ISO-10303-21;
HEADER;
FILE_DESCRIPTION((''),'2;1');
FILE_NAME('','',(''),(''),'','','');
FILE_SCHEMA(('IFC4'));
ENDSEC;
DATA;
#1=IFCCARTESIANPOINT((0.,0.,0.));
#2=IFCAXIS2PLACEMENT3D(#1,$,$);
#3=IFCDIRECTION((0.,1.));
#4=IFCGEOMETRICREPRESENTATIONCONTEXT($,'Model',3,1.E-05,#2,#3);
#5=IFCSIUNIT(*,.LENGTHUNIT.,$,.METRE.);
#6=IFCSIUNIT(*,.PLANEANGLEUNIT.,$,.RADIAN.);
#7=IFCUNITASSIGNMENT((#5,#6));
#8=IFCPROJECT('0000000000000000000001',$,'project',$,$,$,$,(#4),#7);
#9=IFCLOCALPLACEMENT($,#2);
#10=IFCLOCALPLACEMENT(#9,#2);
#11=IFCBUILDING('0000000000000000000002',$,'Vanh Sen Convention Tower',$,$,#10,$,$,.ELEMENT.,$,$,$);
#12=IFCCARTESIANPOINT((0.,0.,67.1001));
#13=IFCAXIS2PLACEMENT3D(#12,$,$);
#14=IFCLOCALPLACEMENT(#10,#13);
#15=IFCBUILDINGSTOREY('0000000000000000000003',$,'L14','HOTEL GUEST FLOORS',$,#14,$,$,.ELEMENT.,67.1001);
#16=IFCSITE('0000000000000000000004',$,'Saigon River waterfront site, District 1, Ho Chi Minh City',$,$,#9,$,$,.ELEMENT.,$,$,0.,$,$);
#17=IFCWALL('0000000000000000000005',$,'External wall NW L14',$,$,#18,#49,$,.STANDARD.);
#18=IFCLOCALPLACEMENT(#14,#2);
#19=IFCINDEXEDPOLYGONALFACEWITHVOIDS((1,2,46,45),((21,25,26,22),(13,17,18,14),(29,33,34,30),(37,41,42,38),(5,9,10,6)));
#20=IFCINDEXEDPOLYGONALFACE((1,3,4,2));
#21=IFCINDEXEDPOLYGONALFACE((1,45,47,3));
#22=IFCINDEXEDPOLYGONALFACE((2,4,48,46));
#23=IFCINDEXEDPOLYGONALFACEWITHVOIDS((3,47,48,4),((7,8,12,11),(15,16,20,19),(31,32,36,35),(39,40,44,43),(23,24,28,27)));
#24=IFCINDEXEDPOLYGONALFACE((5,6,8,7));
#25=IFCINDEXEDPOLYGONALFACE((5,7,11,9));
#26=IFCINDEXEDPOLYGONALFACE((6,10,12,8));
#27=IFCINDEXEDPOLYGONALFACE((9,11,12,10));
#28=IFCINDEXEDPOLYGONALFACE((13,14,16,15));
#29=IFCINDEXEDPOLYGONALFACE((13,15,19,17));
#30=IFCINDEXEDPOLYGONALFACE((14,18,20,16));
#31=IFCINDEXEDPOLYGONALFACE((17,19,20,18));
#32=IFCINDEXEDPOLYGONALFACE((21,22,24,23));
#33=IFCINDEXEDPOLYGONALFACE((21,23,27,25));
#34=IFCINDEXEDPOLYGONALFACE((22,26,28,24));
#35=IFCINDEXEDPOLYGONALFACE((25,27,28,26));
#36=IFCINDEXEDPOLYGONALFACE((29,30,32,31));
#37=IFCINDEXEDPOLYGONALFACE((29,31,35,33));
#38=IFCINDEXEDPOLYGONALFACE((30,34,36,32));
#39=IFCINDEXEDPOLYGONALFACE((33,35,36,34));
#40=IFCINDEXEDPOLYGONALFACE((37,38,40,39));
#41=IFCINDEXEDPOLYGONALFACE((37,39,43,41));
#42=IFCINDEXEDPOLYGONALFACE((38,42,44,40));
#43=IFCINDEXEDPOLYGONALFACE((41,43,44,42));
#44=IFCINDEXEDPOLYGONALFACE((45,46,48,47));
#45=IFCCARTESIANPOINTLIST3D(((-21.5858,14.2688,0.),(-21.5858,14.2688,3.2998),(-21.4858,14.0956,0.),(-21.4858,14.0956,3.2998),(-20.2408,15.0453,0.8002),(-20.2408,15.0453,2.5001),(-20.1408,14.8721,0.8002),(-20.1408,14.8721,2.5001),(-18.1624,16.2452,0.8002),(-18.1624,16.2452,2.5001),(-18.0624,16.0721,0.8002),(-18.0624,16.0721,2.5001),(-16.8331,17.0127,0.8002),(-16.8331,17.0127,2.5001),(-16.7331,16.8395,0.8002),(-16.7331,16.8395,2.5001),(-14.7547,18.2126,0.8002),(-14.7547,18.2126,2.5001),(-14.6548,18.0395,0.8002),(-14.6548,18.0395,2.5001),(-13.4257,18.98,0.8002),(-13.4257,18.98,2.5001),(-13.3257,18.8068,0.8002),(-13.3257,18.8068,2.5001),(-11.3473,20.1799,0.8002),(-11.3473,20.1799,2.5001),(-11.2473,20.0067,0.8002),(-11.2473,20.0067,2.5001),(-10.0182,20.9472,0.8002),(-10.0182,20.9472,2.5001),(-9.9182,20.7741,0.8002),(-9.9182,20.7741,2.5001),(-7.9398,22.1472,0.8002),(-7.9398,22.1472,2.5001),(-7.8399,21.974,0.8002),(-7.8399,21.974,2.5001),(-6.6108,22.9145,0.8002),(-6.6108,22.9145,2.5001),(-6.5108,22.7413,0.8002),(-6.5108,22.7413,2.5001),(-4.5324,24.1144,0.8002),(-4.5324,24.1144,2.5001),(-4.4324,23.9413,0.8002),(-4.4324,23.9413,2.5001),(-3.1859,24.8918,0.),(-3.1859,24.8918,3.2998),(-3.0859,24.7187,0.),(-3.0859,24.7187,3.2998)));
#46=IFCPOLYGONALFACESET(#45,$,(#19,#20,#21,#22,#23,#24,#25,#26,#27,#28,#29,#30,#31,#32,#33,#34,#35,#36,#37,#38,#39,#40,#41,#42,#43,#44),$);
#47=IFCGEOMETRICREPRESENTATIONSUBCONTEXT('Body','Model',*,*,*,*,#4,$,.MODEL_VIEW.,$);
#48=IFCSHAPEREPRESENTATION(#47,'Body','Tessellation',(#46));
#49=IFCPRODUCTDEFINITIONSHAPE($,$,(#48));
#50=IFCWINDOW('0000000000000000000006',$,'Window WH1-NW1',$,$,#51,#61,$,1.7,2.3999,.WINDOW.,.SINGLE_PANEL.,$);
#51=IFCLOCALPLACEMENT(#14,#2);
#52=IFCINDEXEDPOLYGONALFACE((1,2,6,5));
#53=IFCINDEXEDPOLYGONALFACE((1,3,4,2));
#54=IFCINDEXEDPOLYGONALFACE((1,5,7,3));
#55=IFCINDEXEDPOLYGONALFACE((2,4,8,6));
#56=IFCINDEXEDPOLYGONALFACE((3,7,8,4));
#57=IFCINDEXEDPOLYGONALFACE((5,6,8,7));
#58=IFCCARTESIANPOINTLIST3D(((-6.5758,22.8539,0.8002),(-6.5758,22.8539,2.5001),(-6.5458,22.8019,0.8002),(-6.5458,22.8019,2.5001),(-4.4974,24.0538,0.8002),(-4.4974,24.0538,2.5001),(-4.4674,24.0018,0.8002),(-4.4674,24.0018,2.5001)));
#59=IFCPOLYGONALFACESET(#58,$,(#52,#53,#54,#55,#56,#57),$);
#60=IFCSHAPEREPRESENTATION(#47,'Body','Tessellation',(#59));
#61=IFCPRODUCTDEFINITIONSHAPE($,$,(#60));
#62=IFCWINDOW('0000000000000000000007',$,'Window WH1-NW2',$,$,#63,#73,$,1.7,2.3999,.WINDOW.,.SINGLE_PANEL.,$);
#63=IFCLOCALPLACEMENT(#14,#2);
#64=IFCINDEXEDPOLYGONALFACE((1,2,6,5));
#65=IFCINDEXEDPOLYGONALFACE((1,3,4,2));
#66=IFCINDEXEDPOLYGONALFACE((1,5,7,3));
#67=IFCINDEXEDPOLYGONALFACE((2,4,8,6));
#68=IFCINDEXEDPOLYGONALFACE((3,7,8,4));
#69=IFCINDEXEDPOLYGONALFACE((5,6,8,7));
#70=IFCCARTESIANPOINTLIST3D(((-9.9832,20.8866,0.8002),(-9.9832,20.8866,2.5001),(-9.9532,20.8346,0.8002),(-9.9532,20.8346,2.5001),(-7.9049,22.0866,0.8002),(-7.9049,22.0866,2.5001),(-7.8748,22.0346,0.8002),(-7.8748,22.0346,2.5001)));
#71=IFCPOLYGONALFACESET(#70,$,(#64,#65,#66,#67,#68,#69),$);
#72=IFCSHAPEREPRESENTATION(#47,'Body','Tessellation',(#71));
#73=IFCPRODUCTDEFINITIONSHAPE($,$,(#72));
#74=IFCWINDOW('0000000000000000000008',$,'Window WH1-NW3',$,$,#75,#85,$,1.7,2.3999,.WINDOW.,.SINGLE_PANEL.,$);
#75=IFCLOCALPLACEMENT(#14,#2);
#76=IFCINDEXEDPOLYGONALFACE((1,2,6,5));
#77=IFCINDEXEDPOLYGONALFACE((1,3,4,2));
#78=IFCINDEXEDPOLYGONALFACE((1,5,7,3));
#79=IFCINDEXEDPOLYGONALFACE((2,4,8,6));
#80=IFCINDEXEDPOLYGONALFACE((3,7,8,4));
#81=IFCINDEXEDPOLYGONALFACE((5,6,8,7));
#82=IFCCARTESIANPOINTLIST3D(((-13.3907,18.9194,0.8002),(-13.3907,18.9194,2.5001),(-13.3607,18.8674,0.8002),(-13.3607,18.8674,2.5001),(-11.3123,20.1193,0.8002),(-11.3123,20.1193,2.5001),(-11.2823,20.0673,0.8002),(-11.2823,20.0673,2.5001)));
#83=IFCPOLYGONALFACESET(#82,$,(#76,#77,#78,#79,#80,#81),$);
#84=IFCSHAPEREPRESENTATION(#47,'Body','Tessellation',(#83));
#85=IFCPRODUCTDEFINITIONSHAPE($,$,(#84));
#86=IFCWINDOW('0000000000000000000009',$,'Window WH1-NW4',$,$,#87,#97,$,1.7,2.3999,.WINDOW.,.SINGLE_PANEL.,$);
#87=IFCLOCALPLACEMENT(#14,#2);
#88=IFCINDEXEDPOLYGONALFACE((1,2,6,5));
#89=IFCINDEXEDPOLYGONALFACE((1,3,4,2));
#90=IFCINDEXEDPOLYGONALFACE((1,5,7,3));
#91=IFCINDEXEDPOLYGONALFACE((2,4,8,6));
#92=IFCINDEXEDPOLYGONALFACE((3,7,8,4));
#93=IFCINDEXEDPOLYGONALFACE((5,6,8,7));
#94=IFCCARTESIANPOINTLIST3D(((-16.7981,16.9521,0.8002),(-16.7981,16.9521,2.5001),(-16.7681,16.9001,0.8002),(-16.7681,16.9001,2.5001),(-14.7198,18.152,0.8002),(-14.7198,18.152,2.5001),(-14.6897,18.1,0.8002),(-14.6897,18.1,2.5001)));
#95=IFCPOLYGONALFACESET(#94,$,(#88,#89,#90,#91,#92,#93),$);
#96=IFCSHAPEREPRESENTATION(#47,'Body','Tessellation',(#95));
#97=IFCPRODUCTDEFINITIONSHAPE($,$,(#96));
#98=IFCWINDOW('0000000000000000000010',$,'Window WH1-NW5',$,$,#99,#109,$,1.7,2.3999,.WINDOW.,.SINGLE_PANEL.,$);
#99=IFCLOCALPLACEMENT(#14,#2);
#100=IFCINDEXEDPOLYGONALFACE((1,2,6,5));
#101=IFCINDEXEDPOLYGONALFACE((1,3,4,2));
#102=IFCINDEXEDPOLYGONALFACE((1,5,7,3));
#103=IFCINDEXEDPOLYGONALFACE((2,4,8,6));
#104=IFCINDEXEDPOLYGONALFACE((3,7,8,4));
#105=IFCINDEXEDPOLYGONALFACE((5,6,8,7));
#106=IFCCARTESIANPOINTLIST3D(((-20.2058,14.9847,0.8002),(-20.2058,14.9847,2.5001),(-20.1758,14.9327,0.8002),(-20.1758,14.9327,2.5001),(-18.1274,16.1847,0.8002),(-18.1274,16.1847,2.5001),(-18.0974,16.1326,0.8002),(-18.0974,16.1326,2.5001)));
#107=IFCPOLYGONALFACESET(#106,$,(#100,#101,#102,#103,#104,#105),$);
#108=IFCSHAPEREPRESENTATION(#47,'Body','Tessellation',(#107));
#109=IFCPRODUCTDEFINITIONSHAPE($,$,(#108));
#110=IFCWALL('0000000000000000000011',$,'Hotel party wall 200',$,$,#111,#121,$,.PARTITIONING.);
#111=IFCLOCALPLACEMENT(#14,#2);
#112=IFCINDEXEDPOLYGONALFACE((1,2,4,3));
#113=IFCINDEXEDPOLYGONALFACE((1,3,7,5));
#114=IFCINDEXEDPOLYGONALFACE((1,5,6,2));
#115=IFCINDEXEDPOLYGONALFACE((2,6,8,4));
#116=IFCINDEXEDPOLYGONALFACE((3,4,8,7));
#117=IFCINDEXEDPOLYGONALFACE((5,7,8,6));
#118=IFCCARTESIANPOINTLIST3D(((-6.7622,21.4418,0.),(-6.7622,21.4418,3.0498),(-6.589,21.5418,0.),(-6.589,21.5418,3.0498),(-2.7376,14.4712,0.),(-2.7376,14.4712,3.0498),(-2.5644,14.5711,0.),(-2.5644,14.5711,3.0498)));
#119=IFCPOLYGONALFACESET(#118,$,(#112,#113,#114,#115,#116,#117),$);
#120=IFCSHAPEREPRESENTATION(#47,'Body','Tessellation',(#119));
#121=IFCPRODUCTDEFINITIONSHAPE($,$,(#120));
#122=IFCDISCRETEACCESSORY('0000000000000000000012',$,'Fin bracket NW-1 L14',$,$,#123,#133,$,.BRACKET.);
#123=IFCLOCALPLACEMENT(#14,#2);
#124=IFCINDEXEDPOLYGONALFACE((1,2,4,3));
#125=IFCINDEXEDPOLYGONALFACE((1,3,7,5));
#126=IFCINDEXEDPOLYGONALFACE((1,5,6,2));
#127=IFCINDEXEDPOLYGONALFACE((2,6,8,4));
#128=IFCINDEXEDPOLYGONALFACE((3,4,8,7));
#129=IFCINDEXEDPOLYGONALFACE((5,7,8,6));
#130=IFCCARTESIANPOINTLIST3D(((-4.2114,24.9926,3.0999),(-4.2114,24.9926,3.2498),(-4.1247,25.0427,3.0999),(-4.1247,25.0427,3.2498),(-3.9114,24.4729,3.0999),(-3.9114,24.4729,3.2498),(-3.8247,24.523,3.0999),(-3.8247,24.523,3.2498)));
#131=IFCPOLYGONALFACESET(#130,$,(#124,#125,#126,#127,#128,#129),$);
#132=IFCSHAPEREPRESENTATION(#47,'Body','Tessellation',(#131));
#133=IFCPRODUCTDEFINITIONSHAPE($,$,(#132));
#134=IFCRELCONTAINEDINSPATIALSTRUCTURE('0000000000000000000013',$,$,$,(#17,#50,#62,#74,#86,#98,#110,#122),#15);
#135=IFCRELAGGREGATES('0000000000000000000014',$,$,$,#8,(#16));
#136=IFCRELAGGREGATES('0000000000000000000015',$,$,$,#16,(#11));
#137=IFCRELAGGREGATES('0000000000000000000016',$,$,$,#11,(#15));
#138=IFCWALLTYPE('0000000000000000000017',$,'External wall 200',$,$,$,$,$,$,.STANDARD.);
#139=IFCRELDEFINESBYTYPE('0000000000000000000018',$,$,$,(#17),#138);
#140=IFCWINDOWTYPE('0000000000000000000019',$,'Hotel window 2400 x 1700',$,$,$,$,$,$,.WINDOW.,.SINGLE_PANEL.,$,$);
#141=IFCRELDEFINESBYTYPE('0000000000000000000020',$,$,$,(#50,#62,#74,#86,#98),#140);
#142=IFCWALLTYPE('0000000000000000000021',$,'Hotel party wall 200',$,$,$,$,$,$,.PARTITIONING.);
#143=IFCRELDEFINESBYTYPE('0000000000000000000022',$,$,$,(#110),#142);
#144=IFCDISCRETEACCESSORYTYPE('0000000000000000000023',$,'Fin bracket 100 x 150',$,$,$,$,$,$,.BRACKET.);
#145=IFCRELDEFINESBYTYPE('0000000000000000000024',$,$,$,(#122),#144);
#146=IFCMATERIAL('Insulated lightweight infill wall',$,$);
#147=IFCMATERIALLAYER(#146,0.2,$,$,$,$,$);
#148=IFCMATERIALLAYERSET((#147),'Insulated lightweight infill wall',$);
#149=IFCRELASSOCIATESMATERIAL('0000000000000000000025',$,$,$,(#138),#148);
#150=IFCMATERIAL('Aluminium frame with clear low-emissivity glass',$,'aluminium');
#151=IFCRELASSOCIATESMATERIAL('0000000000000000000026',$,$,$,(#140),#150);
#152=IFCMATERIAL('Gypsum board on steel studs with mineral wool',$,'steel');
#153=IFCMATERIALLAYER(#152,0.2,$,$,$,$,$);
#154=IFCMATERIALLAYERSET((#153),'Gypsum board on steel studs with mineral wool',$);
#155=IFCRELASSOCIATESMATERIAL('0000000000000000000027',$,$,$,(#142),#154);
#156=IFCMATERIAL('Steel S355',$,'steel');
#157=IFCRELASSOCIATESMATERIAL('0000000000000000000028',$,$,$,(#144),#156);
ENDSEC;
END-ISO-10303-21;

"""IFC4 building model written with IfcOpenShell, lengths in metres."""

from ifc_helpers import new_model, si_unit, direction, frame, frame_2d, origin, origin_2d, place, context, subcontext, project, spatial, rectangle, extrude, material, layer, layer_set, type_object, element, fill, save


model = new_model("IFC4")

# Units and contexts
model_context = context("Model", 3, precision=1e-05, world=origin(), true_north=direction((0.0, 1.0)))
body_context = subcontext(model_context, "Body", "Model", "MODEL_VIEW")
ifc_project = project(units=[si_unit("LENGTHUNIT", "METRE"), si_unit("PLANEANGLEUNIT", "RADIAN")], contexts=[model_context])

# Site, building, storey
site_placement = place(None, origin())
site = spatial("IfcSite", under=ifc_project, at=site_placement, Name="Saigon River waterfront site, District 1, Ho Chi Minh City", CompositionType="ELEMENT", RefElevation=0.0)
building_placement = place(site_placement, origin())
building = spatial("IfcBuilding", under=site, at=building_placement, Name="Vanh Sen Convention Tower", CompositionType="ELEMENT")
storey_placement = place(building_placement, frame((0.0, 0.0, 67.1001)))
storey = spatial("IfcBuildingStorey", under=building, at=storey_placement, Name="L14", Description="HOTEL GUEST FLOORS", CompositionType="ELEMENT", Elevation=67.1001)

# Shared definitions
ifc_material_1 = material(Name="Gypsum board on steel studs with mineral wool", Category="steel")

# Wall, openings, windows
ifc_material_2 = material(Name="Insulated lightweight infill wall")
ifc_layer_1 = layer(ifc_material_2, 0.2)
ifc_layer_set_1 = layer_set([ifc_layer_1], Name="Insulated lightweight infill wall")
wall_type_1 = type_object("IfcWallType", Name="External wall 200", PredefinedType="STANDARD", material=ifc_layer_set_1)
wall_1_placement = place(storey_placement, frame((-3.136, 24.8052, 0.0), z_axis=(0.0, 0.0, 1.0), x_axis=(-0.866028, -0.499995, 0.0)))
wall_1 = element("IfcWall", 1, at=wall_1_placement, inside=storey, type_object=wall_type_1, Name="External wall NW L14", PredefinedType="STANDARD", context=body_context, shape_type="SweptSolid", body=[
    extrude(rectangle(XDim=21.2463, YDim=0.2, at=frame_2d((10.623, 0.0))), origin(), (0.0, 0.0, 1.0), 3.2998),
])
opening_1_placement = place(wall_1_placement, frame((1.5547, 0.0, 0.8)))
opening_1 = element("IfcOpeningElement", 2, at=opening_1_placement, cuts=wall_1, PredefinedType="OPENING", context=body_context, shape_type="SweptSolid", body=[
    extrude(rectangle(XDim=2.3999, YDim=1.7, at=frame_2d((1.2, 0.8501))), frame((0.0, 0.1099, 0.0), z_axis=(0.0, -1.0, 0.0), x_axis=(1.0, 0.0, 0.0)), (0.0, 0.0, 1.0), 0.22),
])
opening_2_placement = place(wall_1_placement, frame((5.4893, 0.0, 0.8)))
opening_2 = element("IfcOpeningElement", 3, at=opening_2_placement, cuts=wall_1, PredefinedType="OPENING", context=body_context, shape_type="SweptSolid", body=[
    extrude(rectangle(XDim=2.3999, YDim=1.7, at=frame_2d((1.2, 0.8501))), frame((0.0, 0.1099, 0.0), z_axis=(0.0, -1.0, 0.0), x_axis=(1.0, 0.0, 0.0)), (0.0, 0.0, 1.0), 0.22),
])
opening_3_placement = place(wall_1_placement, frame((9.4238, 0.0, 0.8)))
opening_3 = element("IfcOpeningElement", 4, at=opening_3_placement, cuts=wall_1, PredefinedType="OPENING", context=body_context, shape_type="SweptSolid", body=[
    extrude(rectangle(XDim=2.3999, YDim=1.7, at=frame_2d((1.2, 0.8501))), frame((0.0, 0.1099, 0.0), z_axis=(0.0, -1.0, 0.0), x_axis=(1.0, 0.0, 0.0)), (0.0, 0.0, 1.0), 0.22),
])
opening_4_placement = place(wall_1_placement, frame((13.3584, 0.0, 0.8)))
opening_4 = element("IfcOpeningElement", 5, at=opening_4_placement, cuts=wall_1, PredefinedType="OPENING", context=body_context, shape_type="SweptSolid", body=[
    extrude(rectangle(XDim=2.3999, YDim=1.7, at=frame_2d((1.2, 0.8501))), frame((0.0, 0.1099, 0.0), z_axis=(0.0, -1.0, 0.0), x_axis=(1.0, 0.0, 0.0)), (0.0, 0.0, 1.0), 0.22),
])
opening_5_placement = place(wall_1_placement, frame((17.2932, 0.0, 0.8)))
opening_5 = element("IfcOpeningElement", 6, at=opening_5_placement, cuts=wall_1, PredefinedType="OPENING", context=body_context, shape_type="SweptSolid", body=[
    extrude(rectangle(XDim=2.3999, YDim=1.7, at=frame_2d((1.2, 0.8501))), frame((0.0, 0.1099, 0.0), z_axis=(0.0, -1.0, 0.0), x_axis=(1.0, 0.0, 0.0)), (0.0, 0.0, 1.0), 0.22),
])
ifc_material_3 = material(Name="Aluminium frame with clear low-emissivity glass", Category="aluminium")
window_type = type_object("IfcWindowType", Name="Hotel window 2400 x 1700", PartitioningType="SINGLE_PANEL", PredefinedType="WINDOW", material=ifc_material_3)
window_1_placement = place(opening_1_placement, origin())
window_1 = element("IfcWindow", 7, at=window_1_placement, inside=storey, type_object=window_type, Name="Window WH1-NW1", OverallHeight=1.7, OverallWidth=2.3999, PartitioningType="SINGLE_PANEL", PredefinedType="WINDOW", context=body_context, shape_type="SweptSolid", body=[
    extrude(rectangle(XDim=2.3999, YDim=1.7, at=frame_2d((1.2, 0.8501))), frame((0.0, 0.03, 0.0), z_axis=(0.0, -1.0, 0.0), x_axis=(1.0, 0.0, 0.0)), (0.0, 0.0, 1.0), 0.0601),
])
fill(opening_1, window_1)
window_2_placement = place(opening_2_placement, origin())
window_2 = element("IfcWindow", 8, at=window_2_placement, inside=storey, type_object=window_type, Name="Window WH1-NW2", OverallHeight=1.7, OverallWidth=2.3999, PartitioningType="SINGLE_PANEL", PredefinedType="WINDOW", context=body_context, shape_type="SweptSolid", body=[
    extrude(rectangle(XDim=2.3999, YDim=1.7, at=frame_2d((1.2, 0.8501))), frame((0.0, 0.03, 0.0), z_axis=(0.0, -1.0, 0.0), x_axis=(1.0, 0.0, 0.0)), (0.0, 0.0, 1.0), 0.0601),
])
fill(opening_2, window_2)
window_3_placement = place(opening_3_placement, origin())
window_3 = element("IfcWindow", 9, at=window_3_placement, inside=storey, type_object=window_type, Name="Window WH1-NW3", OverallHeight=1.7, OverallWidth=2.3999, PartitioningType="SINGLE_PANEL", PredefinedType="WINDOW", context=body_context, shape_type="SweptSolid", body=[
    extrude(rectangle(XDim=2.3999, YDim=1.7, at=frame_2d((1.2, 0.8501))), frame((0.0, 0.03, 0.0), z_axis=(0.0, -1.0, 0.0), x_axis=(1.0, 0.0, 0.0)), (0.0, 0.0, 1.0), 0.0601),
])
fill(opening_3, window_3)
window_4_placement = place(opening_4_placement, origin())
window_4 = element("IfcWindow", 10, at=window_4_placement, inside=storey, type_object=window_type, Name="Window WH1-NW4", OverallHeight=1.7, OverallWidth=2.3999, PartitioningType="SINGLE_PANEL", PredefinedType="WINDOW", context=body_context, shape_type="SweptSolid", body=[
    extrude(rectangle(XDim=2.3999, YDim=1.7, at=frame_2d((1.2, 0.8501))), frame((0.0, 0.03, 0.0), z_axis=(0.0, -1.0, 0.0), x_axis=(1.0, 0.0, 0.0)), (0.0, 0.0, 1.0), 0.0601),
])
fill(opening_4, window_4)
window_5_placement = place(opening_5_placement, origin())
window_5 = element("IfcWindow", 11, at=window_5_placement, inside=storey, type_object=window_type, Name="Window WH1-NW5", OverallHeight=1.7, OverallWidth=2.3999, PartitioningType="SINGLE_PANEL", PredefinedType="WINDOW", context=body_context, shape_type="SweptSolid", body=[
    extrude(rectangle(XDim=2.3999, YDim=1.7, at=frame_2d((1.2, 0.8501))), frame((0.0, 0.03, 0.0), z_axis=(0.0, -1.0, 0.0), x_axis=(1.0, 0.0, 0.0)), (0.0, 0.0, 1.0), 0.0601),
])
fill(opening_5, window_5)

# Wall
ifc_layer_2 = layer(ifc_material_1, 0.2)
ifc_layer_set_2 = layer_set([ifc_layer_2], Name="Gypsum board on steel studs with mineral wool")
wall_type_2 = type_object("IfcWallType", Name="Hotel party wall 200", PredefinedType="PARTITIONING", material=ifc_layer_set_2)
wall_2_placement = place(storey_placement, frame((-6.6755, 21.4917, 0.0), z_axis=(0.0, 0.0, 1.0), x_axis=(0.500011, -0.866019, 0.0)))
element("IfcWall", 12, at=wall_2_placement, inside=storey, type_object=wall_type_2, Name="Hotel party wall 200", PredefinedType="PARTITIONING", context=body_context, shape_type="SweptSolid", body=[
    extrude(rectangle(XDim=8.0491, YDim=0.2, at=frame_2d((4.0244, 0.0))), origin(), (0.0, 0.0, 1.0), 3.0498),
])

# Discrete accessory
ifc_material_4 = material(Name="Steel S355", Category="steel")
discrete_accessory_type = type_object("IfcDiscreteAccessoryType", Name="Fin bracket 100 x 150", PredefinedType="BRACKET", material=ifc_material_4)
discrete_accessory_placement = place(storey_placement, frame((-4.0181, 24.7578, 3.0999), z_axis=(0.0, 0.0, 1.0), x_axis=(-0.5, 0.866025, 0.0)))
element("IfcDiscreteAccessory", 13, at=discrete_accessory_placement, inside=storey, type_object=discrete_accessory_type, Name="Fin bracket NW-1 L14", PredefinedType="BRACKET", context=body_context, shape_type="SweptSolid", body=[
    extrude(rectangle(XDim=0.6001, YDim=0.1001, at=origin_2d()), origin(), (0.0, 0.0, 1.0), 0.1499),
])

save(model, "model.ifc")
